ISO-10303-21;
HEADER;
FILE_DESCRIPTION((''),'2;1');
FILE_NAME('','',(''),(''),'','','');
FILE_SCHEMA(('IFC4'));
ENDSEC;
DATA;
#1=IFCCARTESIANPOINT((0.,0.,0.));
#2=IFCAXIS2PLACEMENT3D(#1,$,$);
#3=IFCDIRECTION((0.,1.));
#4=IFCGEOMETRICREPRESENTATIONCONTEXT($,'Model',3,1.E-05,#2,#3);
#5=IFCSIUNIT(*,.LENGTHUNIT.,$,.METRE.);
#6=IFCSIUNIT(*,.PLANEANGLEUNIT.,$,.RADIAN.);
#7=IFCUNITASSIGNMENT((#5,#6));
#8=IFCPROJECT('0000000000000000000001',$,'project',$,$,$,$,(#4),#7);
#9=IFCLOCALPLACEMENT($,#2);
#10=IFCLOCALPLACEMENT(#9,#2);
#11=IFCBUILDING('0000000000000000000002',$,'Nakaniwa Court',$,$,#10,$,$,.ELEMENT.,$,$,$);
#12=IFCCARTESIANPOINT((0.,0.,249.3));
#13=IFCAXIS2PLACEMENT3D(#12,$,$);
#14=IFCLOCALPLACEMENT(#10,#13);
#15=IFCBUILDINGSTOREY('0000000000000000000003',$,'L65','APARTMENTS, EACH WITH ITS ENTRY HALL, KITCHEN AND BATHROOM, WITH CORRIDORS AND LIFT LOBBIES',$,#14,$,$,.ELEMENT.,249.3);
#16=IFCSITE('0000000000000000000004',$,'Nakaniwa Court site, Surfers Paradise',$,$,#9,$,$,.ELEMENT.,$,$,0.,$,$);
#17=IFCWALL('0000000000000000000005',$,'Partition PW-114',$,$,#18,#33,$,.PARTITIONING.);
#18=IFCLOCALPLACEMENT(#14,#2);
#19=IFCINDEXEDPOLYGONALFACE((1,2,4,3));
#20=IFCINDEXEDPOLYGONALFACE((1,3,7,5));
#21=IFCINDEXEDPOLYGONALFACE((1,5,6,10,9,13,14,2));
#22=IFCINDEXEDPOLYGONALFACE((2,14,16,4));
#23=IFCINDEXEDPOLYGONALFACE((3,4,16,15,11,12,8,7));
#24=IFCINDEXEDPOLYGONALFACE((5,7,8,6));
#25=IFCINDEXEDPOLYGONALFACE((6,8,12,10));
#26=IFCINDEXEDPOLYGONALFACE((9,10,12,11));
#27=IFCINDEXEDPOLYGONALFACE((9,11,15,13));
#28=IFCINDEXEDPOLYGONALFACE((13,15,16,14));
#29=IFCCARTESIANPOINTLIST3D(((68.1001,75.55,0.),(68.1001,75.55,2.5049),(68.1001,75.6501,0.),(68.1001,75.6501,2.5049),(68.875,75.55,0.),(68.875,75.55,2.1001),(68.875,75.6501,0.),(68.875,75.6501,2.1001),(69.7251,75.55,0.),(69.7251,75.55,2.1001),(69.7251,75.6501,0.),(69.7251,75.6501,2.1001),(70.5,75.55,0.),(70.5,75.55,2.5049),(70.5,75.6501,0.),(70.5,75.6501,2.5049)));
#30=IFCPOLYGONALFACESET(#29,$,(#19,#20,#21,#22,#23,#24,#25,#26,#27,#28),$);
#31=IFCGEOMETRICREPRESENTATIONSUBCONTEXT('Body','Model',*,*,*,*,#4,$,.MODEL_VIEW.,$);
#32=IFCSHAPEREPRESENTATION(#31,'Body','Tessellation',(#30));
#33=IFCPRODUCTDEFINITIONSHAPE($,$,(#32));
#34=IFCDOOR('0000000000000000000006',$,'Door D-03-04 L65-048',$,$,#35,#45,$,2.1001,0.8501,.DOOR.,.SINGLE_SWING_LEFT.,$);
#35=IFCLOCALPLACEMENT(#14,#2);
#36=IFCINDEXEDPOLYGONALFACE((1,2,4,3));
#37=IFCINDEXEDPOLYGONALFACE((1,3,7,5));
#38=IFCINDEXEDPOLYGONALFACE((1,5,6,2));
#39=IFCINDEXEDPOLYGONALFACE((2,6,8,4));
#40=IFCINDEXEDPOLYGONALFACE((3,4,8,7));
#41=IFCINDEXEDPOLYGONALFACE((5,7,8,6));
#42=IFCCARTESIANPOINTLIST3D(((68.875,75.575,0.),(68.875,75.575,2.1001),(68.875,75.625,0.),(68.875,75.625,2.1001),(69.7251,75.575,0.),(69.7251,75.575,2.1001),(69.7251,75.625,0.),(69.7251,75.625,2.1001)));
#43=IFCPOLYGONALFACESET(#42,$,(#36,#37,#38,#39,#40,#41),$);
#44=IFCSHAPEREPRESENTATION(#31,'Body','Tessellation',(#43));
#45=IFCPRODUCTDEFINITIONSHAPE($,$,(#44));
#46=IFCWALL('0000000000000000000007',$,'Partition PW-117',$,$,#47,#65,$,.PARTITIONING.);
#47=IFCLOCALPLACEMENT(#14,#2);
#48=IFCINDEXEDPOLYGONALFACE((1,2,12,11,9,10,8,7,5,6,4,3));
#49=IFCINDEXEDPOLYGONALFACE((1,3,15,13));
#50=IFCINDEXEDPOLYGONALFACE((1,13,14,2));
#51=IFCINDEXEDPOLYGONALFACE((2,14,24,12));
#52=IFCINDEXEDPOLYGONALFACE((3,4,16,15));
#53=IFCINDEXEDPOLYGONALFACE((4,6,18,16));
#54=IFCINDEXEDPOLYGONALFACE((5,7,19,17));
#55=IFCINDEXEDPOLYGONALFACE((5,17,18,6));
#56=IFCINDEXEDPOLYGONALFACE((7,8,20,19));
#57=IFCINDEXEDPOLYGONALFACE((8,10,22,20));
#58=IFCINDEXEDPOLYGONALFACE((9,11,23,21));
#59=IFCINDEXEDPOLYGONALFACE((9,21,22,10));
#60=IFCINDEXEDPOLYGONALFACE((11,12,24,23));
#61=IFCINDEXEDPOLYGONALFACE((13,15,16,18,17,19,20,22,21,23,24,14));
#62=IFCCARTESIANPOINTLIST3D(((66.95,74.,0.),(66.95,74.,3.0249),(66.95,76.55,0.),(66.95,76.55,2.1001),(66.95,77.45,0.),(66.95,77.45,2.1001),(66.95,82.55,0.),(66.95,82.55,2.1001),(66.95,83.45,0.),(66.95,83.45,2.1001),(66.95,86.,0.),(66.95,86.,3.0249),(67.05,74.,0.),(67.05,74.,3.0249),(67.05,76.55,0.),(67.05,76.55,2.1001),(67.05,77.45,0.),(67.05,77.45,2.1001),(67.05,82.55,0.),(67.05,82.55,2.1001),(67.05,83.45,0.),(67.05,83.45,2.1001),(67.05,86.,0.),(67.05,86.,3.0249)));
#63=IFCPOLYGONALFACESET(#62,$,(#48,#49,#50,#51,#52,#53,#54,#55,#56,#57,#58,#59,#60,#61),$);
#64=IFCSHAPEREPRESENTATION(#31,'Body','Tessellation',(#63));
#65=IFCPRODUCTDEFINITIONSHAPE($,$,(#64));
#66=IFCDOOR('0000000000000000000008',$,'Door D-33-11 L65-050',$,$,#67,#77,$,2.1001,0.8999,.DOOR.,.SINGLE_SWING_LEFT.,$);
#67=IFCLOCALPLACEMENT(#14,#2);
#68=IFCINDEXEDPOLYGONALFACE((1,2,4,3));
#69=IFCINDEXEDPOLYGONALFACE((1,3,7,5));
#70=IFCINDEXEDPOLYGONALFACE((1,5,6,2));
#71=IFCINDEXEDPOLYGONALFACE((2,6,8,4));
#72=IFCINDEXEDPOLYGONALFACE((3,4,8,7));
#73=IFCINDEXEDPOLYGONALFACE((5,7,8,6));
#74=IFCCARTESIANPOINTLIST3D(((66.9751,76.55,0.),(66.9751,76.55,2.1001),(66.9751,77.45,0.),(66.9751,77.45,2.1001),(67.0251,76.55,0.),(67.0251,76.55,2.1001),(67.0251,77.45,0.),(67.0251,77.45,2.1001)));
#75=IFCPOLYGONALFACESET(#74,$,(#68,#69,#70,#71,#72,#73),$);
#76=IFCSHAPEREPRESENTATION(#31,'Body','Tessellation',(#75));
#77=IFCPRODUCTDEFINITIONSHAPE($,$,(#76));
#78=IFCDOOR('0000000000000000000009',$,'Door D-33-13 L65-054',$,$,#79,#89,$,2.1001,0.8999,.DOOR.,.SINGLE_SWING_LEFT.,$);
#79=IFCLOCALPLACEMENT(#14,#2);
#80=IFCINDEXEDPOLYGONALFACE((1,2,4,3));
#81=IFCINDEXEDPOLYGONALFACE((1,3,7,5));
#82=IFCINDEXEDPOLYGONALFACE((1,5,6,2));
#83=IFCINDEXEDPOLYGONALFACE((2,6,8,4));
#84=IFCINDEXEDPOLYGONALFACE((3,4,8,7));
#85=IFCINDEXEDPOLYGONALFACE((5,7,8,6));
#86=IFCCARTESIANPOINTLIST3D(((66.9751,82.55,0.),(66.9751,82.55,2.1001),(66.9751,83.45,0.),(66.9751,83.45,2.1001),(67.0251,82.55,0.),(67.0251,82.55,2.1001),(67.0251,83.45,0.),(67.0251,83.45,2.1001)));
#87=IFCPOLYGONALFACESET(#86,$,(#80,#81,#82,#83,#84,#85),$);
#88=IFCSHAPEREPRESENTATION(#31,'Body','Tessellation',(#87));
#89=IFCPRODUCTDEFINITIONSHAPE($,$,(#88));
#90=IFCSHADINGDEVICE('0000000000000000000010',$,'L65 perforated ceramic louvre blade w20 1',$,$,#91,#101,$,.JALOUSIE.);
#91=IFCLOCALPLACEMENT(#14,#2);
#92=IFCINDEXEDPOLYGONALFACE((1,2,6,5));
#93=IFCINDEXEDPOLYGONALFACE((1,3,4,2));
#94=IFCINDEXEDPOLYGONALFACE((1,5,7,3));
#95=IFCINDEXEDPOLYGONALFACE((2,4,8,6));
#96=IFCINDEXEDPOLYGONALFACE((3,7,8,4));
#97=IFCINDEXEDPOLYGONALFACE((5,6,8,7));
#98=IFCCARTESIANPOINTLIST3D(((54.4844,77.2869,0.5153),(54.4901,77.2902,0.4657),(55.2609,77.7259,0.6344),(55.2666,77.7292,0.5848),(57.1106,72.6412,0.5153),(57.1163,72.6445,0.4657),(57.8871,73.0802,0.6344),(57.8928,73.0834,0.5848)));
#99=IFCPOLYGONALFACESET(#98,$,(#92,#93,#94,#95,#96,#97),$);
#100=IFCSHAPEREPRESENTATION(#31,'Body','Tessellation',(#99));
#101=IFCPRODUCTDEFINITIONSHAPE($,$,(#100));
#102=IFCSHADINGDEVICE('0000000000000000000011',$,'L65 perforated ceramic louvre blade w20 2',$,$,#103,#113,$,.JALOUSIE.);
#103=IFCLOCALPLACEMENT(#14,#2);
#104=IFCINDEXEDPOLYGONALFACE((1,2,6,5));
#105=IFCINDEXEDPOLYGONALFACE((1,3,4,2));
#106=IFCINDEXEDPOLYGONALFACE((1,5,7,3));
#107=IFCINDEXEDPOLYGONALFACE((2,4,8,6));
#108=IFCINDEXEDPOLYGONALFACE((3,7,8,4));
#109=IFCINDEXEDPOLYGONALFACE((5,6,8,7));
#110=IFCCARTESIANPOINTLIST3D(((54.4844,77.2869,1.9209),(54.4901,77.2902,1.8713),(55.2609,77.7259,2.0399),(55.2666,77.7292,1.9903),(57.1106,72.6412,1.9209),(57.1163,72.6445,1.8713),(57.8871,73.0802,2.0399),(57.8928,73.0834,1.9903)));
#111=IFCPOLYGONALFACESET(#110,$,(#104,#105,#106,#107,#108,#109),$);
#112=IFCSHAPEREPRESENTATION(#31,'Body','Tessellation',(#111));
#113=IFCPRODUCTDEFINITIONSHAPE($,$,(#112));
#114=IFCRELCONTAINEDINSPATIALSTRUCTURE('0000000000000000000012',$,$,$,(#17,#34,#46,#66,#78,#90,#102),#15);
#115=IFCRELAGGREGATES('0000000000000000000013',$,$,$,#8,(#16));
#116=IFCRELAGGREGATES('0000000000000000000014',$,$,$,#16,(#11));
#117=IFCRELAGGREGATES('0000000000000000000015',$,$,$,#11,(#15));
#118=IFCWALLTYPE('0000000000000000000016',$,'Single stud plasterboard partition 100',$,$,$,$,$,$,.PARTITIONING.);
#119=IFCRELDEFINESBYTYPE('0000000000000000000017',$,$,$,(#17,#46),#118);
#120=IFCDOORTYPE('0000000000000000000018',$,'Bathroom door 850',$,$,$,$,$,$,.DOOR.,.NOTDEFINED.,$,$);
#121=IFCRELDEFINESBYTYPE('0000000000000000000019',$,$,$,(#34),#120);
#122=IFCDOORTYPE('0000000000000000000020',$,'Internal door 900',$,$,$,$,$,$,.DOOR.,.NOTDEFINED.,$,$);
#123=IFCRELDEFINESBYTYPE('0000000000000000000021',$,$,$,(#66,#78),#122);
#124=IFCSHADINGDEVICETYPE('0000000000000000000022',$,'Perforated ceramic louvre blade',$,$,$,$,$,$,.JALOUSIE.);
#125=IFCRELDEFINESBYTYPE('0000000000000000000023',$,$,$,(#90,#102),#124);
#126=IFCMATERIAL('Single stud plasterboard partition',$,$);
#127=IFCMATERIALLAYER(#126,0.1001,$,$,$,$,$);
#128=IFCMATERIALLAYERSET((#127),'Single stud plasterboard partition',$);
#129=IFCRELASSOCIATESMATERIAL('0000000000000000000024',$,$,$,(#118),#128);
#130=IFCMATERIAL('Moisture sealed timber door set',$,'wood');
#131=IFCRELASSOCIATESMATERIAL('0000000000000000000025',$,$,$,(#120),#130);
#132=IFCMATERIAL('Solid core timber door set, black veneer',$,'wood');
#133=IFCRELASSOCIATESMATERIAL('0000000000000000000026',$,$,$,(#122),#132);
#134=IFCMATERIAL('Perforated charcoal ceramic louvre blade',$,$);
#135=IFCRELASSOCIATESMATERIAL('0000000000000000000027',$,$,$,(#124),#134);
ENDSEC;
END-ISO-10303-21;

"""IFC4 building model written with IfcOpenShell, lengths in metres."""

from ifc_helpers import new_model, si_unit, direction, frame, frame_2d, origin, origin_2d, place, context, subcontext, project, spatial, rectangle, extrude, material, layer, layer_set, material_profile, profile_set, type_object, element, fill, save


model = new_model("IFC4")

# Units and contexts
model_context = context("Model", 3, precision=1e-05, world=origin(), true_north=direction((0.0, 1.0)))
body_context = subcontext(model_context, "Body", "Model", "MODEL_VIEW")
ifc_project = project(units=[si_unit("LENGTHUNIT", "METRE"), si_unit("PLANEANGLEUNIT", "RADIAN")], contexts=[model_context])

# Site, building, storey
site_placement = place(None, origin())
site = spatial("IfcSite", under=ifc_project, at=site_placement, Name="Nakaniwa Court site, Surfers Paradise", CompositionType="ELEMENT", RefElevation=0.0)
building_placement = place(site_placement, origin())
building = spatial("IfcBuilding", under=site, at=building_placement, Name="Nakaniwa Court", CompositionType="ELEMENT")
storey_placement = place(building_placement, frame((0.0, 0.0, 249.3)))
storey = spatial("IfcBuildingStorey", under=building, at=storey_placement, Name="L65", Description="APARTMENTS, EACH WITH ITS ENTRY HALL, KITCHEN AND BATHROOM, WITH CORRIDORS AND LIFT LOBBIES", CompositionType="ELEMENT", Elevation=249.3)

# Shared definitions
ifc_material_1 = material(Name="Single stud plasterboard partition")
ifc_layer_1 = layer(ifc_material_1, 0.1001)
ifc_layer_set_1 = layer_set([ifc_layer_1], Name="Single stud plasterboard partition")
wall_type_1 = type_object("IfcWallType", Name="Single stud plasterboard partition 100", PredefinedType="PARTITIONING", material=ifc_layer_set_1)

# Wall, opening, door
wall_1_placement = place(storey_placement, frame((68.1001, 75.6001, 0.0), z_axis=(0.0, 0.0, 1.0), x_axis=(1.0, 0.0, 0.0)))
wall_1 = element("IfcWall", 1, at=wall_1_placement, inside=storey, type_object=wall_type_1, Name="Partition PW-114", PredefinedType="PARTITIONING", context=body_context, shape_type="SweptSolid", body=[
    extrude(rectangle(XDim=2.3999, YDim=0.1001, at=frame_2d((1.2, 0.0))), origin(), (0.0, 0.0, 1.0), 2.5049),
])
opening_1_placement = place(wall_1_placement, frame((0.7749, 0.0, 0.0)))
opening_1 = element("IfcOpeningElement", 2, at=opening_1_placement, cuts=wall_1, PredefinedType="OPENING", context=body_context, shape_type="SweptSolid", body=[
    extrude(rectangle(XDim=0.8501, YDim=2.1001, at=frame_2d((0.425, 1.05))), frame((0.0, 0.0601, 0.0), z_axis=(0.0, -1.0, 0.0), x_axis=(1.0, 0.0, 0.0)), (0.0, 0.0, 1.0), 0.1201),
])
ifc_material_2 = material(Name="Moisture sealed timber door set", Category="wood")
door_type_1 = type_object("IfcDoorType", Name="Bathroom door 850", OperationType="NOTDEFINED", PredefinedType="DOOR", material=ifc_material_2)
door_1_placement = place(opening_1_placement, origin())
door_1 = element("IfcDoor", 3, at=door_1_placement, inside=storey, type_object=door_type_1, Name="Door D-03-04 L65-048", OperationType="SINGLE_SWING_LEFT", OverallHeight=2.1001, OverallWidth=0.8501, PredefinedType="DOOR", context=body_context, shape_type="SweptSolid", body=[
    extrude(rectangle(XDim=0.8501, YDim=2.1001, at=frame_2d((0.425, 1.05))), frame((0.0, 0.0249, 0.0), z_axis=(0.0, -1.0, 0.0), x_axis=(1.0, 0.0, 0.0)), (0.0, 0.0, 1.0), 0.05),
])
fill(opening_1, door_1)

# Wall, openings, doors
wall_2_placement = place(storey_placement, frame((67.0, 74.0, 0.0), z_axis=(0.0, 0.0, 1.0), x_axis=(0.0, 1.0, 0.0)))
wall_2 = element("IfcWall", 4, at=wall_2_placement, inside=storey, type_object=wall_type_1, Name="Partition PW-117", PredefinedType="PARTITIONING", context=body_context, shape_type="SweptSolid", body=[
    extrude(rectangle(XDim=12.0, YDim=0.1001, at=frame_2d((6.0, 0.0))), origin(), (0.0, 0.0, 1.0), 3.0249),
])
opening_2_placement = place(wall_2_placement, frame((2.55, 0.0, 0.0)))
opening_2 = element("IfcOpeningElement", 5, at=opening_2_placement, cuts=wall_2, PredefinedType="OPENING", context=body_context, shape_type="SweptSolid", body=[
    extrude(rectangle(XDim=0.8999, YDim=2.1001, at=frame_2d((0.45, 1.05))), frame((0.0, 0.0601, 0.0), z_axis=(0.0, -1.0, 0.0), x_axis=(1.0, 0.0, 0.0)), (0.0, 0.0, 1.0), 0.1201),
])
opening_3_placement = place(wall_2_placement, frame((8.55, 0.0, 0.0)))
opening_3 = element("IfcOpeningElement", 6, at=opening_3_placement, cuts=wall_2, PredefinedType="OPENING", context=body_context, shape_type="SweptSolid", body=[
    extrude(rectangle(XDim=0.8999, YDim=2.1001, at=frame_2d((0.45, 1.05))), frame((0.0, 0.0601, 0.0), z_axis=(0.0, -1.0, 0.0), x_axis=(1.0, 0.0, 0.0)), (0.0, 0.0, 1.0), 0.1201),
])
ifc_material_3 = material(Name="Solid core timber door set, black veneer", Category="wood")
door_type_2 = type_object("IfcDoorType", Name="Internal door 900", OperationType="NOTDEFINED", PredefinedType="DOOR", material=ifc_material_3)
door_2_placement = place(opening_2_placement, origin())
door_2 = element("IfcDoor", 7, at=door_2_placement, inside=storey, type_object=door_type_2, Name="Door D-33-11 L65-050", OperationType="SINGLE_SWING_LEFT", OverallHeight=2.1001, OverallWidth=0.8999, PredefinedType="DOOR", context=body_context, shape_type="SweptSolid", body=[
    extrude(rectangle(XDim=0.8999, YDim=2.1001, at=frame_2d((0.45, 1.05))), frame((0.0, 0.0249, 0.0), z_axis=(0.0, -1.0, 0.0), x_axis=(1.0, 0.0, 0.0)), (0.0, 0.0, 1.0), 0.05),
])
fill(opening_2, door_2)
door_3_placement = place(opening_3_placement, origin())
door_3 = element("IfcDoor", 8, at=door_3_placement, inside=storey, type_object=door_type_2, Name="Door D-33-13 L65-054", OperationType="SINGLE_SWING_LEFT", OverallHeight=2.1001, OverallWidth=0.8999, PredefinedType="DOOR", context=body_context, shape_type="SweptSolid", body=[
    extrude(rectangle(XDim=0.8999, YDim=2.1001, at=frame_2d((0.45, 1.05))), frame((0.0, 0.0249, 0.0), z_axis=(0.0, -1.0, 0.0), x_axis=(1.0, 0.0, 0.0)), (0.0, 0.0, 1.0), 0.05),
])
fill(opening_3, door_3)

# Shading devices
ifc_material_4 = material(Name="Perforated charcoal ceramic louvre blade")
ifc_material_profile_1 = material_profile(ifc_material_4, rectangle(XDim=0.8999, YDim=0.05, at=origin_2d()), Name="Perforated ceramic louvre blade")
ifc_profile_set_1 = profile_set([ifc_material_profile_1], Name="Perforated charcoal ceramic louvre blade")
shading_device_type = type_object("IfcShadingDeviceType", Name="Perforated ceramic louvre blade", PredefinedType="JALOUSIE", material=ifc_profile_set_1)
for number, where, z_axis, x_axis, name in (
    (9, (54.8755, 77.5081, 0.55), (0.492109, -0.870534, 0.0), (0.862887, 0.487786, 0.132256), "L65 perforated ceramic louvre blade w20 1"),
    (10, (54.8755, 77.5081, 1.9556), (0.492109, -0.870534, 0.0), (0.862887, 0.487786, 0.132256), "L65 perforated ceramic louvre blade w20 2"),
):
    element("IfcShadingDevice", number, at=place(storey_placement, frame(where, z_axis=z_axis, x_axis=x_axis)), inside=storey, type_object=shading_device_type, Name=name, PredefinedType="JALOUSIE", context=body_context, shape_type="SweptSolid", body=[
        extrude(rectangle(XDim=0.8999, YDim=0.05, at=origin_2d()), origin(), (0.0, 0.0, 1.0), 5.3367),
    ])

save(model, "model.ifc")
